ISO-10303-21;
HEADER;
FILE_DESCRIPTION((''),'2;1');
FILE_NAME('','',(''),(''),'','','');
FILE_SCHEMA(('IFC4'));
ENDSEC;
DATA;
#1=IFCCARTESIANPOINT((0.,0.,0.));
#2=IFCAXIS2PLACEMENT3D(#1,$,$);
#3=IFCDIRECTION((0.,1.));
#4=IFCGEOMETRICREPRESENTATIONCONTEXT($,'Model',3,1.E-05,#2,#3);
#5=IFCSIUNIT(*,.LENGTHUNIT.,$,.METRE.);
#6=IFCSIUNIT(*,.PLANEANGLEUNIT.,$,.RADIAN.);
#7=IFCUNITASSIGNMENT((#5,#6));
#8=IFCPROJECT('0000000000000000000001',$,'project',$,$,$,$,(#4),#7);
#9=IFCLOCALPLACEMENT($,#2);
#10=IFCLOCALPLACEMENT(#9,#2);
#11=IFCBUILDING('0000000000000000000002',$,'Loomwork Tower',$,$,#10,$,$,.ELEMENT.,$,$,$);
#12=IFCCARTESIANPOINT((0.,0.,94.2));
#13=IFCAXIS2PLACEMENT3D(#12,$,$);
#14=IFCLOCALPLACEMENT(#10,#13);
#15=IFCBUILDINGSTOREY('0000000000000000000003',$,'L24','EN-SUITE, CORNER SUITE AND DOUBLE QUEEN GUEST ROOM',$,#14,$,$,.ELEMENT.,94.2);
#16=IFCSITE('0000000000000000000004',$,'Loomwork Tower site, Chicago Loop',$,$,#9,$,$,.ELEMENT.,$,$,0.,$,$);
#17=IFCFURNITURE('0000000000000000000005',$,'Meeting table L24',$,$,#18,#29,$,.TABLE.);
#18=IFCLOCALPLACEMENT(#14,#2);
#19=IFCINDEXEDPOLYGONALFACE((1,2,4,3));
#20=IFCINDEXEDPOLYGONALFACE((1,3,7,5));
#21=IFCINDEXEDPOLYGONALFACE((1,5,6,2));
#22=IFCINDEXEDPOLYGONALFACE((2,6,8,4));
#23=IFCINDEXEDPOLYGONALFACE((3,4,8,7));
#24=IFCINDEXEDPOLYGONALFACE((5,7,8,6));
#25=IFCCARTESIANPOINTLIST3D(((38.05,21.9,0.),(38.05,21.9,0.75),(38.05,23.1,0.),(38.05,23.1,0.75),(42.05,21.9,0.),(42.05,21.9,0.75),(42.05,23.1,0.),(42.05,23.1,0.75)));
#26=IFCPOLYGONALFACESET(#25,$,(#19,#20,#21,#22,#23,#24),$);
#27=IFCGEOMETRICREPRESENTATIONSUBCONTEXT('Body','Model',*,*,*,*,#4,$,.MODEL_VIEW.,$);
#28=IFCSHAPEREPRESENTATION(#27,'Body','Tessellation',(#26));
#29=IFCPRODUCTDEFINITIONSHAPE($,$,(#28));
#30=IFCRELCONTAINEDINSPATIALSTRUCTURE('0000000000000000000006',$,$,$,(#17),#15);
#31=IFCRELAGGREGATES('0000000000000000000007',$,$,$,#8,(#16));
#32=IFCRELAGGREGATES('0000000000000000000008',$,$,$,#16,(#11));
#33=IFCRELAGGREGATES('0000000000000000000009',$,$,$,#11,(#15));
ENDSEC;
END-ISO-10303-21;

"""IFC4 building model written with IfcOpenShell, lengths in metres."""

from ifc_helpers import new_model, si_unit, direction, frame, origin, origin_2d, place, context, subcontext, project, spatial, rectangle, extrude, element, save


model = new_model("IFC4")

# Units and contexts
model_context = context("Model", 3, precision=1e-05, world=origin(), true_north=direction((0.0, 1.0)))
body_context = subcontext(model_context, "Body", "Model", "MODEL_VIEW")
ifc_project = project(units=[si_unit("LENGTHUNIT", "METRE"), si_unit("PLANEANGLEUNIT", "RADIAN")], contexts=[model_context])

# Site, building, storey
site_placement = place(None, origin())
site = spatial("IfcSite", under=ifc_project, at=site_placement, Name="Loomwork Tower site, Chicago Loop", CompositionType="ELEMENT", RefElevation=0.0)
building_placement = place(site_placement, origin())
building = spatial("IfcBuilding", under=site, at=building_placement, Name="Loomwork Tower", CompositionType="ELEMENT")
storey_placement = place(building_placement, frame((0.0, 0.0, 94.2)))
storey = spatial("IfcBuildingStorey", under=building, at=storey_placement, Name="L24", Description="EN-SUITE, CORNER SUITE AND DOUBLE QUEEN GUEST ROOM", CompositionType="ELEMENT", Elevation=94.2)

# Furniture
furniture_placement = place(storey_placement, frame((40.05, 22.5, 0.0), z_axis=(0.0, 0.0, 1.0), x_axis=(1.0, 0.0, 0.0)))
element("IfcFurniture", 1, at=furniture_placement, inside=storey, Name="Meeting table L24", PredefinedType="TABLE", context=body_context, shape_type="SweptSolid", body=[
    extrude(rectangle(XDim=4.0, YDim=1.2, at=origin_2d()), origin(), (0.0, 0.0, 1.0), 0.75),
])

save(model, "model.ifc")
